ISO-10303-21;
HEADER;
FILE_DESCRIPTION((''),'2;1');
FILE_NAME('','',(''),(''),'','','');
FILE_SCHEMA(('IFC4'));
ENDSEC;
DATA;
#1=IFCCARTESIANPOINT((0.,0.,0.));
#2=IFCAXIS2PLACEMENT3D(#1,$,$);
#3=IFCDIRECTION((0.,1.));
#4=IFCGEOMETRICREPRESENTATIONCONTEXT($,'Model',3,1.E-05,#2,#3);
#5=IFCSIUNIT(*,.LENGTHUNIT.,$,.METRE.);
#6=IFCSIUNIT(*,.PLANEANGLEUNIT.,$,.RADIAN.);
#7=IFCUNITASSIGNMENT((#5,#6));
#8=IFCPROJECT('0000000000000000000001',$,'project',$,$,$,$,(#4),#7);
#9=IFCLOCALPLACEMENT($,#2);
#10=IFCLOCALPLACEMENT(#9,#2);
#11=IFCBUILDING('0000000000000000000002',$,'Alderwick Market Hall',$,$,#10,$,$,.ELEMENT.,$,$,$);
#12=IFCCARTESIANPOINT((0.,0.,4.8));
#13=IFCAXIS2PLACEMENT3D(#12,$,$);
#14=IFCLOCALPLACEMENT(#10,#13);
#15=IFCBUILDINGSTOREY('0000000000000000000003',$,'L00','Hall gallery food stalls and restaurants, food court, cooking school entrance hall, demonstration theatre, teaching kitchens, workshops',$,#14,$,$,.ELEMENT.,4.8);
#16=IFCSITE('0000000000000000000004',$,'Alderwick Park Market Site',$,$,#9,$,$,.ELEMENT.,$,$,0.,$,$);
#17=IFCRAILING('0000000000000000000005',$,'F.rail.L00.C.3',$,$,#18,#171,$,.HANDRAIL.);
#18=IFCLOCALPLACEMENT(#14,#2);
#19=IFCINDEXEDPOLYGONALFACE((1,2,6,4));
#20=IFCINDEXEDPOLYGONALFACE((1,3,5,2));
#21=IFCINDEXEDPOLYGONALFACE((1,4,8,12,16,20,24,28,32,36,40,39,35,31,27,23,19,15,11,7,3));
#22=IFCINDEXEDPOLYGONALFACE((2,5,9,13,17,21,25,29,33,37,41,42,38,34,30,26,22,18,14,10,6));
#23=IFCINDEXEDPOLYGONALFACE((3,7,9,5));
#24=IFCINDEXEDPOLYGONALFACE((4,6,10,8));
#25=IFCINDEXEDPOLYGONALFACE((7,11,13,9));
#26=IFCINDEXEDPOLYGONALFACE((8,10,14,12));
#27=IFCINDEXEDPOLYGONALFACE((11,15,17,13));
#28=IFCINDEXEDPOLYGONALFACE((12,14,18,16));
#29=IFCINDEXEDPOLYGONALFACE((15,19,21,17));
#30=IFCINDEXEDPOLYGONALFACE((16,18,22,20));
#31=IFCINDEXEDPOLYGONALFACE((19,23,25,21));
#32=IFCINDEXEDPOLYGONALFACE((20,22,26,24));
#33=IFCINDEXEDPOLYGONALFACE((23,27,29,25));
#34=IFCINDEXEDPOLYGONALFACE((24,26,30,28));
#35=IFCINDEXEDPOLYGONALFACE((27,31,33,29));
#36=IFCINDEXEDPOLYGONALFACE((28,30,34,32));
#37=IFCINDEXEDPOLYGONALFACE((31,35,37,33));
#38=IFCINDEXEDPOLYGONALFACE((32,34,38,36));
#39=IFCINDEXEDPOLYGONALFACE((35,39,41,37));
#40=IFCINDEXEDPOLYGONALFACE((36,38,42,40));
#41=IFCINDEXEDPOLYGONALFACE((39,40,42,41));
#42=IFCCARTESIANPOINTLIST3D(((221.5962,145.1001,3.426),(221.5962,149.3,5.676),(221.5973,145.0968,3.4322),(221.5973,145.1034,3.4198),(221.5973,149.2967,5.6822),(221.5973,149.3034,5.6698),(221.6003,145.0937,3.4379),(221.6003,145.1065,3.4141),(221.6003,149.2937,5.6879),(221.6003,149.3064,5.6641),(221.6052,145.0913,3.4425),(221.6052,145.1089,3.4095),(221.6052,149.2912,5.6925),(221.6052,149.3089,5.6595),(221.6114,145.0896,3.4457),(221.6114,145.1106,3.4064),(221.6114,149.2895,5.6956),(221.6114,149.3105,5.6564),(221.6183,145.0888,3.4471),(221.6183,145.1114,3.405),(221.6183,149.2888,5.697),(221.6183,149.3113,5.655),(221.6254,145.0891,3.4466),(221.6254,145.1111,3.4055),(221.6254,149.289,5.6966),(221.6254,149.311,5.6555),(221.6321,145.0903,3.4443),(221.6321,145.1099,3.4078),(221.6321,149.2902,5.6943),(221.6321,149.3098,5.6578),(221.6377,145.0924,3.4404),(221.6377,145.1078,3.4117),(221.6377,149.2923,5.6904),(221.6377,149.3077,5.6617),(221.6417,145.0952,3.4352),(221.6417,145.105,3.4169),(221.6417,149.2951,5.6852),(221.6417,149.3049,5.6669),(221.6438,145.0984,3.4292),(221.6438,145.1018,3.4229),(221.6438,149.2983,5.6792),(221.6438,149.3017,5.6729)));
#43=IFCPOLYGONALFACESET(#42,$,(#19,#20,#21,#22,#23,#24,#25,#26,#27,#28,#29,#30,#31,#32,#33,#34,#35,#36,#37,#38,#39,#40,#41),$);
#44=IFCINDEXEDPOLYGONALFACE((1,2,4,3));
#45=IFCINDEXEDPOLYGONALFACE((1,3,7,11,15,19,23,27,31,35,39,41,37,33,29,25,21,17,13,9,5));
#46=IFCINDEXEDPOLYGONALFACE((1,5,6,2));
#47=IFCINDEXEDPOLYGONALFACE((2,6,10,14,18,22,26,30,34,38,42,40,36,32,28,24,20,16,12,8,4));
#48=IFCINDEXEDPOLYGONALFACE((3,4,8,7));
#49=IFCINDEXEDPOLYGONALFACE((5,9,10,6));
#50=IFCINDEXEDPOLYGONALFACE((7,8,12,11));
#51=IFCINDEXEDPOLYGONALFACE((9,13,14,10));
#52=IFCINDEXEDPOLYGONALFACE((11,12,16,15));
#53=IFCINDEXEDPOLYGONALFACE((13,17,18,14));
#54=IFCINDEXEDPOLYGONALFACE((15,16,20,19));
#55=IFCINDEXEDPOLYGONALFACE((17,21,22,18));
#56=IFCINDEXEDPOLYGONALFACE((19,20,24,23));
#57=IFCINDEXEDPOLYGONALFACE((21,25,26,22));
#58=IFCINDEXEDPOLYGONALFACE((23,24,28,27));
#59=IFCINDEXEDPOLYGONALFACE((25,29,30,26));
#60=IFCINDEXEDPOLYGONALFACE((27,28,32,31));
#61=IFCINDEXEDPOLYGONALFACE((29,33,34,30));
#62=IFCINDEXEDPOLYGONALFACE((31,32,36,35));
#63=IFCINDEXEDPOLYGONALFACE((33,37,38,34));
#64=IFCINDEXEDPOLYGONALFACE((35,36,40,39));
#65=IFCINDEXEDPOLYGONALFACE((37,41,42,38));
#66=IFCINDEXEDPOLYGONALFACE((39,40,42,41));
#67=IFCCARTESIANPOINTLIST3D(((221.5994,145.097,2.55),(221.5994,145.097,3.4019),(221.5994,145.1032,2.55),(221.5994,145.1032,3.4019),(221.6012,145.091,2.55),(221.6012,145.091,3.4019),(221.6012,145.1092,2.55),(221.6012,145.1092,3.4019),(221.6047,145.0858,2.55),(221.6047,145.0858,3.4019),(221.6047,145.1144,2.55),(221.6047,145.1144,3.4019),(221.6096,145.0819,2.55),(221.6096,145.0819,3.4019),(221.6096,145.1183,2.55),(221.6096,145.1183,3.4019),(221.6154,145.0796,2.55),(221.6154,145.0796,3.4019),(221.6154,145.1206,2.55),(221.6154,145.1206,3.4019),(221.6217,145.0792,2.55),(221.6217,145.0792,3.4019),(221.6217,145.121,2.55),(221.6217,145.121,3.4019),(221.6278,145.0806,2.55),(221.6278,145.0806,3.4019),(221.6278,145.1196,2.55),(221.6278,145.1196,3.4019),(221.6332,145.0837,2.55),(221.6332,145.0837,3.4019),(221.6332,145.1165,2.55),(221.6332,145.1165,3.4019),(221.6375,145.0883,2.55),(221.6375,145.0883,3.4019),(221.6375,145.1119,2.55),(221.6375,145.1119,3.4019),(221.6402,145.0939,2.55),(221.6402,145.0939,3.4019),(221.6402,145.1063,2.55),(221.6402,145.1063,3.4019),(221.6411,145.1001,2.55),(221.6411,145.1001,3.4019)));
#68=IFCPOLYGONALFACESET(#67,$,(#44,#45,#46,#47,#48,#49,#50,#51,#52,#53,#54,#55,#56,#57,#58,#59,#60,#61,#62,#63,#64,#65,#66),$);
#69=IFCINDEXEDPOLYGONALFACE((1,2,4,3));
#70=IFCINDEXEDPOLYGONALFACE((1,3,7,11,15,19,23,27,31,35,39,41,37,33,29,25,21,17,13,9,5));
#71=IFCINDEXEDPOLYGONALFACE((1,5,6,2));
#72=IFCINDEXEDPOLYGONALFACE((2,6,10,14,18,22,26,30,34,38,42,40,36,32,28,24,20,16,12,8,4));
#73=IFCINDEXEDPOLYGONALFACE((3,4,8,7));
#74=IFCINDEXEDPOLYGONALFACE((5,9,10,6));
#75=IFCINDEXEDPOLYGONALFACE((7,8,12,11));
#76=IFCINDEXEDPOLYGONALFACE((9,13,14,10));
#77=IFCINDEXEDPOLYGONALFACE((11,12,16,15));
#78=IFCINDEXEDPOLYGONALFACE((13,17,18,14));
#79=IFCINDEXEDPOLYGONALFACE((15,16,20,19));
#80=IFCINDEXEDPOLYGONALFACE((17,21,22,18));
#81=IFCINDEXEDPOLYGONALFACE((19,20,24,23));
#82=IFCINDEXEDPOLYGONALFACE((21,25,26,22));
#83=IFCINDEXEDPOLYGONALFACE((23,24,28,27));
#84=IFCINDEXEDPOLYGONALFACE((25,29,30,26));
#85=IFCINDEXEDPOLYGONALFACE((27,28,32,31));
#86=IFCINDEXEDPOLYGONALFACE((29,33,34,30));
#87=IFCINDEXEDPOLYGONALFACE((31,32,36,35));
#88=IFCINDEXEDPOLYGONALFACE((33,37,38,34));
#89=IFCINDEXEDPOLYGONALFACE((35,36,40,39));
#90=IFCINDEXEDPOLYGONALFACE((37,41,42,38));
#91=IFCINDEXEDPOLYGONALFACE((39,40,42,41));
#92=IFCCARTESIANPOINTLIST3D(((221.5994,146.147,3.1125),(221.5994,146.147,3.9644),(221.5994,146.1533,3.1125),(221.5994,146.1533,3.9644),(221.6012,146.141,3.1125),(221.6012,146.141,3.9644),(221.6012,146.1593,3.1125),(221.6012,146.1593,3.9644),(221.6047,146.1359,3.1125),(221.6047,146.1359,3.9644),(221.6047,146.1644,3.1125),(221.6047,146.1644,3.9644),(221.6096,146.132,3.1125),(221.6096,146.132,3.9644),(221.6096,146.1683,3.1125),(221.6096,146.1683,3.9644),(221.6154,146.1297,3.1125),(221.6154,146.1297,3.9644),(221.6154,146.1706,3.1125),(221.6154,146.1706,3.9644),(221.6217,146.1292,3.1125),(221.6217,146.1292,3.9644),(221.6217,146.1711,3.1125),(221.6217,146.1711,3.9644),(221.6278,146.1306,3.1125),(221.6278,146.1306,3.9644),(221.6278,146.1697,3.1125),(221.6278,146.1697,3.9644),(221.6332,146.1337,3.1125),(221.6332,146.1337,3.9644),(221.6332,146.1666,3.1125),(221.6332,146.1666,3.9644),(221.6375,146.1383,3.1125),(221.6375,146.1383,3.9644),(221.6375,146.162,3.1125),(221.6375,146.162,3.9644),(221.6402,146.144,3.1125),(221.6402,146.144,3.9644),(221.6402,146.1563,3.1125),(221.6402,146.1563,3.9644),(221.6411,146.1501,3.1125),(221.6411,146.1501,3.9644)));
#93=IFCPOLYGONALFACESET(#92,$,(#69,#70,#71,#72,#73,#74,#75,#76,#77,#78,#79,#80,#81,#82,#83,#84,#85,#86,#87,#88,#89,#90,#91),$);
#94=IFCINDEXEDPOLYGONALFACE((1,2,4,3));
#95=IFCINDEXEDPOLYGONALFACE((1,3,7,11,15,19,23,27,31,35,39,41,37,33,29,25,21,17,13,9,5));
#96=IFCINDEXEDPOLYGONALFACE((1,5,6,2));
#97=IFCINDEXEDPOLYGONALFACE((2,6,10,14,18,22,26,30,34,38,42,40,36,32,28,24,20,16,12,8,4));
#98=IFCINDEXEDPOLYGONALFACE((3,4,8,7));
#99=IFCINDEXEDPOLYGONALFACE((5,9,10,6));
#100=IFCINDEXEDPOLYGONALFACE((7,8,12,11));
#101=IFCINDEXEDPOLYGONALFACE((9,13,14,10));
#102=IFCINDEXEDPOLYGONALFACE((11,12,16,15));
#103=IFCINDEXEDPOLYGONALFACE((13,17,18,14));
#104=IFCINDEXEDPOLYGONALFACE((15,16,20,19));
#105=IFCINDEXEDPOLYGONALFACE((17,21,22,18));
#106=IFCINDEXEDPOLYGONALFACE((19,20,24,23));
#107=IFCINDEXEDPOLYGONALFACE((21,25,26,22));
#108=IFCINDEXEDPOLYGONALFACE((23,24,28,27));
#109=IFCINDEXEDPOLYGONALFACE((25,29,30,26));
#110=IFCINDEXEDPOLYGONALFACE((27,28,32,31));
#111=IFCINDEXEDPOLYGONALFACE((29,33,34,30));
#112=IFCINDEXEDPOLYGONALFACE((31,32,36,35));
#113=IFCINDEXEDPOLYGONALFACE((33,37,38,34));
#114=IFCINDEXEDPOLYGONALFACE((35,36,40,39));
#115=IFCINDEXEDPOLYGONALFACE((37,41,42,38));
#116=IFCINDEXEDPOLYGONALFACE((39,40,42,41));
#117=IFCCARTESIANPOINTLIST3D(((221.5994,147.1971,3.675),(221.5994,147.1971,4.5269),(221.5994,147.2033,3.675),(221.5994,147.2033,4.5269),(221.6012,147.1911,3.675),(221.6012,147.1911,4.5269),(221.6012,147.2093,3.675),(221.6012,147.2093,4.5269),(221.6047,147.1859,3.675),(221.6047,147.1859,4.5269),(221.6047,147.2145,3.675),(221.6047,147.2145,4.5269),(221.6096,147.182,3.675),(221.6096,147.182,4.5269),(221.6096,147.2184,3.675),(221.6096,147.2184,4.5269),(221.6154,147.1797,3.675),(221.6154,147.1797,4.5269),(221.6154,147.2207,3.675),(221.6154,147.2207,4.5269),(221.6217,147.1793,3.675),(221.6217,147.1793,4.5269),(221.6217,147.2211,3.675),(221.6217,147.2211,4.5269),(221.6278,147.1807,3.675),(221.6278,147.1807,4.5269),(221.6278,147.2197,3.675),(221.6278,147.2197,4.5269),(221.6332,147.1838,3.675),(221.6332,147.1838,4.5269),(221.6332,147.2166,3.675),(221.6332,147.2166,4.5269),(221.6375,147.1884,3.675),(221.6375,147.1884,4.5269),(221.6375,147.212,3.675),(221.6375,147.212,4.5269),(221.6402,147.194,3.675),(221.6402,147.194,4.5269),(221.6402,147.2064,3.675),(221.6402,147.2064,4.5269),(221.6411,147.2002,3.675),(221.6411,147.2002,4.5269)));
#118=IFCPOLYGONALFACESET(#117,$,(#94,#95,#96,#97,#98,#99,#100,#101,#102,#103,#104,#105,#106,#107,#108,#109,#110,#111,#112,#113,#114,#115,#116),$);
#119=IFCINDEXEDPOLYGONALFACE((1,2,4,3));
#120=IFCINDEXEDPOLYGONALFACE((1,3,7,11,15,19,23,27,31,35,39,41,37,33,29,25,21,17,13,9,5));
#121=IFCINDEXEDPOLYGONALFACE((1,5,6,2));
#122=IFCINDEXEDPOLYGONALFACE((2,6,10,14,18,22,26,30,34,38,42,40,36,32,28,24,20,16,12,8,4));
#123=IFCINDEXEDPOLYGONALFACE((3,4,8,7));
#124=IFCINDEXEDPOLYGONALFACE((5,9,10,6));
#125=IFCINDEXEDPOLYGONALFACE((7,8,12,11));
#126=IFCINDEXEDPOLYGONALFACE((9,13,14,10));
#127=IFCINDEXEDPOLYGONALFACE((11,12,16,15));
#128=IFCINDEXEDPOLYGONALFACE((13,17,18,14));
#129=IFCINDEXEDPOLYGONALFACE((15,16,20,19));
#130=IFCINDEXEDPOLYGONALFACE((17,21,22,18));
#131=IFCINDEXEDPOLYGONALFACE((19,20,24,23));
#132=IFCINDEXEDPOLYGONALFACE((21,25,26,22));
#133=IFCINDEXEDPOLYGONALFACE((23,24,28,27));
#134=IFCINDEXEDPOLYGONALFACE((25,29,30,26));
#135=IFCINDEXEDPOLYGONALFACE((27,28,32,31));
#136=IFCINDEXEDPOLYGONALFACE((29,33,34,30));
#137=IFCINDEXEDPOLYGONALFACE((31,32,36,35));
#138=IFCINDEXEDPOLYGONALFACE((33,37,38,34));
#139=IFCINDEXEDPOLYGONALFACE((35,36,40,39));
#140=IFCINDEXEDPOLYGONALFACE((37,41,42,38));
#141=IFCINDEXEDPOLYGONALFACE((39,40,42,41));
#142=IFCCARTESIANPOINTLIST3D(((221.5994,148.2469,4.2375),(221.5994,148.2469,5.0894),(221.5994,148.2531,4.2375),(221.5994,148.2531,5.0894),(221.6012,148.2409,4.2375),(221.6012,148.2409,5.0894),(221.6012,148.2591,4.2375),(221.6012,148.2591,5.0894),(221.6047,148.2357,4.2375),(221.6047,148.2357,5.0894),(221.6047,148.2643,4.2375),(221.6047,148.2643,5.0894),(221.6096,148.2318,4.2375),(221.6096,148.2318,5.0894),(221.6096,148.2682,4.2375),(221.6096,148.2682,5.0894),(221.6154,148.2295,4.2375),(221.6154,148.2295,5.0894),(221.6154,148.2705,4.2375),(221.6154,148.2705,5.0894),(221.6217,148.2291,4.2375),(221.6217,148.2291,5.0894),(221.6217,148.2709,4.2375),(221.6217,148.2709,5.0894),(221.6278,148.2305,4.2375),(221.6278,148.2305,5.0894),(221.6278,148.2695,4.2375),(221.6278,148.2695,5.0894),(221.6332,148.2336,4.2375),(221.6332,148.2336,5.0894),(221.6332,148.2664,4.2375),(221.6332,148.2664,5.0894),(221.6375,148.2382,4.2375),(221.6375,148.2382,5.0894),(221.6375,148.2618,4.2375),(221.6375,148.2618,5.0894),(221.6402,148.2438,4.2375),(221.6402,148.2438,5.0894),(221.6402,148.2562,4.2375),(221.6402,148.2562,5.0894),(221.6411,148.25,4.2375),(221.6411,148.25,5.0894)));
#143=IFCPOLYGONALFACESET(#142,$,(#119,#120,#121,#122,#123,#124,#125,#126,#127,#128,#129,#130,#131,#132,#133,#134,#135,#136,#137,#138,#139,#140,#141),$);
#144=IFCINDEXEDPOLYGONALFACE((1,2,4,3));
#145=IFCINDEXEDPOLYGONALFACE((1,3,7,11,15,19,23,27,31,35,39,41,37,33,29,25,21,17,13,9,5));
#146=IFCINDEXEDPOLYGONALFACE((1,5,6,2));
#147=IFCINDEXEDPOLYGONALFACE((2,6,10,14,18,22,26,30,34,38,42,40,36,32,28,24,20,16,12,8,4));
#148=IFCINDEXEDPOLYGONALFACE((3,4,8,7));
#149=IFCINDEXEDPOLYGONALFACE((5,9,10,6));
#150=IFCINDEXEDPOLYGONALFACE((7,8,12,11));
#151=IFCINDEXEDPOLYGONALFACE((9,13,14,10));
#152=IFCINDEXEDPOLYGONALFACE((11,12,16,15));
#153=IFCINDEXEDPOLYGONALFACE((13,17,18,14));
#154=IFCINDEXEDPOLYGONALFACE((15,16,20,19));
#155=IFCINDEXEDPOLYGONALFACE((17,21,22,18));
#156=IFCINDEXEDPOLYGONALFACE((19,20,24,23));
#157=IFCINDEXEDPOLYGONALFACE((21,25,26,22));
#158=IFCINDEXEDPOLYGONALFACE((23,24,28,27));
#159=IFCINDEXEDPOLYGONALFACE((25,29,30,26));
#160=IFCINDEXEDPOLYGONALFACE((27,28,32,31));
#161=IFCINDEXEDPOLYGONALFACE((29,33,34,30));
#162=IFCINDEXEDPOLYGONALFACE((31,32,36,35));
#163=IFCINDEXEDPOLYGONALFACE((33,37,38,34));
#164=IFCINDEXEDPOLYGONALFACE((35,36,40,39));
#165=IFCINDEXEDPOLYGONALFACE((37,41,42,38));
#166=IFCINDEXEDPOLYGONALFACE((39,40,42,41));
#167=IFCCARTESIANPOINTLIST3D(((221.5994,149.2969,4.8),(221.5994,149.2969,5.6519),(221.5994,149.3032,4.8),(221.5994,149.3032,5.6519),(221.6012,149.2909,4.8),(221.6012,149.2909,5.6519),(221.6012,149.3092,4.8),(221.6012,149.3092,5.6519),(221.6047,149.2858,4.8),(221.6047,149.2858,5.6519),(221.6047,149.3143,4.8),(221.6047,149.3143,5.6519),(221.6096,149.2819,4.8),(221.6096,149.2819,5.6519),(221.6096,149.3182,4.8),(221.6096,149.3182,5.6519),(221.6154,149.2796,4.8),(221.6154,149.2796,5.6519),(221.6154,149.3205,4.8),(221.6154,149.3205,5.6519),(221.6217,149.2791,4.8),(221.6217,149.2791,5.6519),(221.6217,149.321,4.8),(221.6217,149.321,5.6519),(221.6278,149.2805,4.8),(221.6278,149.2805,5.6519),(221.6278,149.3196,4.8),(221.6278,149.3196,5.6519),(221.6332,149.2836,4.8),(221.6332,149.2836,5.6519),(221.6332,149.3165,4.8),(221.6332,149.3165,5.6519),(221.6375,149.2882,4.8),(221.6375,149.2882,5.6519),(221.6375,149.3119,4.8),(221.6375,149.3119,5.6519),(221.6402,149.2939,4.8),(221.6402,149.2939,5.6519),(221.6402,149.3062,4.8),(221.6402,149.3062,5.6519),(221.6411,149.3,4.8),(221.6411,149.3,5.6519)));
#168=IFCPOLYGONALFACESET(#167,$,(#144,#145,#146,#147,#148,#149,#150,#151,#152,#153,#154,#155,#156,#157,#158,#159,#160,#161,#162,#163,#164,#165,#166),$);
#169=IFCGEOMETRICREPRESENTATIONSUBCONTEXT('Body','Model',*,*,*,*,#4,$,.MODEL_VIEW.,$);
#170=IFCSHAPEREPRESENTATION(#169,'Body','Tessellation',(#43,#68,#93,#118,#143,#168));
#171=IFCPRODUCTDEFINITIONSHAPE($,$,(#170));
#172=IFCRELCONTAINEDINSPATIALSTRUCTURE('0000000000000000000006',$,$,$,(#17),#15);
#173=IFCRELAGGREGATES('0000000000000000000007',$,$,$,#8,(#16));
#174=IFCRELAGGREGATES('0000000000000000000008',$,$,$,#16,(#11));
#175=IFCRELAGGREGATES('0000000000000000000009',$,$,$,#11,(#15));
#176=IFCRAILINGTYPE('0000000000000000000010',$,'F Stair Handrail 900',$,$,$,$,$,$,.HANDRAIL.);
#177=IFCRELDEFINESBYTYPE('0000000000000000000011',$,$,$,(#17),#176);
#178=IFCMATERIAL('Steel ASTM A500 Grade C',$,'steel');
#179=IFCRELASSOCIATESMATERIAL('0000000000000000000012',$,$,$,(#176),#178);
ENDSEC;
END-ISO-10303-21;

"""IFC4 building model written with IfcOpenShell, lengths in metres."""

from ifc_helpers import new_model, si_unit, direction, frame, origin, origin_2d, place, context, subcontext, project, spatial, circle, extrude, material, type_object, element, save


model = new_model("IFC4")

# Units and contexts
model_context = context("Model", 3, precision=1e-05, world=origin(), true_north=direction((0.0, 1.0)))
body_context = subcontext(model_context, "Body", "Model", "MODEL_VIEW")
ifc_project = project(units=[si_unit("LENGTHUNIT", "METRE"), si_unit("PLANEANGLEUNIT", "RADIAN")], contexts=[model_context])

# Site, building, storey
site_placement = place(None, origin())
site = spatial("IfcSite", under=ifc_project, at=site_placement, Name="Alderwick Park Market Site", CompositionType="ELEMENT", RefElevation=0.0)
building_placement = place(site_placement, origin())
building = spatial("IfcBuilding", under=site, at=building_placement, Name="Alderwick Market Hall", CompositionType="ELEMENT")
storey_placement = place(building_placement, frame((0.0, 0.0, 4.8)))
storey = spatial("IfcBuildingStorey", under=building, at=storey_placement, Name="L00", Description="Hall gallery food stalls and restaurants, food court, cooking school entrance hall, demonstration theatre, teaching kitchens, workshops", CompositionType="ELEMENT", Elevation=4.8)

# Railing
ifc_material_1 = material(Name="Steel ASTM A500 Grade C", Category="steel")
railing_type_1 = type_object("IfcRailingType", Name="F Stair Handrail 900", PredefinedType="HANDRAIL", material=ifc_material_1)
for number, where, name in (
    (1, (221.6201, 145.1001, 2.55), "F.rail.L00.C.3"),
):
    element("IfcRailing", number, at=place(storey_placement, frame(where)), inside=storey, type_object=railing_type_1, Name=name, PredefinedType="HANDRAIL", context=body_context, shape_type="SweptSolid", body=[
        extrude(circle(Radius=0.0239, at=origin_2d()), frame((0.0, 0.0, 0.876), z_axis=(0.0, 0.881478, 0.472226), x_axis=(-1.0, 0.0, 0.0)), (0.0, 0.0, 1.0), 4.7646),
        extrude(circle(Radius=0.021, at=origin_2d()), origin(), (0.0, 0.0, 1.0), 0.8518),
        extrude(circle(Radius=0.021, at=origin_2d()), frame((0.0, 1.05, 0.5625)), (0.0, 0.0, 1.0), 0.8518),
        extrude(circle(Radius=0.021, at=origin_2d()), frame((0.0, 2.1001, 1.125)), (0.0, 0.0, 1.0), 0.8518),
        extrude(circle(Radius=0.021, at=origin_2d()), frame((0.0, 3.1499, 1.6875)), (0.0, 0.0, 1.0), 0.8518),
        extrude(circle(Radius=0.021, at=origin_2d()), frame((0.0, 4.2, 2.25)), (0.0, 0.0, 1.0), 0.8518),
    ])

save(model, "model.ifc")
